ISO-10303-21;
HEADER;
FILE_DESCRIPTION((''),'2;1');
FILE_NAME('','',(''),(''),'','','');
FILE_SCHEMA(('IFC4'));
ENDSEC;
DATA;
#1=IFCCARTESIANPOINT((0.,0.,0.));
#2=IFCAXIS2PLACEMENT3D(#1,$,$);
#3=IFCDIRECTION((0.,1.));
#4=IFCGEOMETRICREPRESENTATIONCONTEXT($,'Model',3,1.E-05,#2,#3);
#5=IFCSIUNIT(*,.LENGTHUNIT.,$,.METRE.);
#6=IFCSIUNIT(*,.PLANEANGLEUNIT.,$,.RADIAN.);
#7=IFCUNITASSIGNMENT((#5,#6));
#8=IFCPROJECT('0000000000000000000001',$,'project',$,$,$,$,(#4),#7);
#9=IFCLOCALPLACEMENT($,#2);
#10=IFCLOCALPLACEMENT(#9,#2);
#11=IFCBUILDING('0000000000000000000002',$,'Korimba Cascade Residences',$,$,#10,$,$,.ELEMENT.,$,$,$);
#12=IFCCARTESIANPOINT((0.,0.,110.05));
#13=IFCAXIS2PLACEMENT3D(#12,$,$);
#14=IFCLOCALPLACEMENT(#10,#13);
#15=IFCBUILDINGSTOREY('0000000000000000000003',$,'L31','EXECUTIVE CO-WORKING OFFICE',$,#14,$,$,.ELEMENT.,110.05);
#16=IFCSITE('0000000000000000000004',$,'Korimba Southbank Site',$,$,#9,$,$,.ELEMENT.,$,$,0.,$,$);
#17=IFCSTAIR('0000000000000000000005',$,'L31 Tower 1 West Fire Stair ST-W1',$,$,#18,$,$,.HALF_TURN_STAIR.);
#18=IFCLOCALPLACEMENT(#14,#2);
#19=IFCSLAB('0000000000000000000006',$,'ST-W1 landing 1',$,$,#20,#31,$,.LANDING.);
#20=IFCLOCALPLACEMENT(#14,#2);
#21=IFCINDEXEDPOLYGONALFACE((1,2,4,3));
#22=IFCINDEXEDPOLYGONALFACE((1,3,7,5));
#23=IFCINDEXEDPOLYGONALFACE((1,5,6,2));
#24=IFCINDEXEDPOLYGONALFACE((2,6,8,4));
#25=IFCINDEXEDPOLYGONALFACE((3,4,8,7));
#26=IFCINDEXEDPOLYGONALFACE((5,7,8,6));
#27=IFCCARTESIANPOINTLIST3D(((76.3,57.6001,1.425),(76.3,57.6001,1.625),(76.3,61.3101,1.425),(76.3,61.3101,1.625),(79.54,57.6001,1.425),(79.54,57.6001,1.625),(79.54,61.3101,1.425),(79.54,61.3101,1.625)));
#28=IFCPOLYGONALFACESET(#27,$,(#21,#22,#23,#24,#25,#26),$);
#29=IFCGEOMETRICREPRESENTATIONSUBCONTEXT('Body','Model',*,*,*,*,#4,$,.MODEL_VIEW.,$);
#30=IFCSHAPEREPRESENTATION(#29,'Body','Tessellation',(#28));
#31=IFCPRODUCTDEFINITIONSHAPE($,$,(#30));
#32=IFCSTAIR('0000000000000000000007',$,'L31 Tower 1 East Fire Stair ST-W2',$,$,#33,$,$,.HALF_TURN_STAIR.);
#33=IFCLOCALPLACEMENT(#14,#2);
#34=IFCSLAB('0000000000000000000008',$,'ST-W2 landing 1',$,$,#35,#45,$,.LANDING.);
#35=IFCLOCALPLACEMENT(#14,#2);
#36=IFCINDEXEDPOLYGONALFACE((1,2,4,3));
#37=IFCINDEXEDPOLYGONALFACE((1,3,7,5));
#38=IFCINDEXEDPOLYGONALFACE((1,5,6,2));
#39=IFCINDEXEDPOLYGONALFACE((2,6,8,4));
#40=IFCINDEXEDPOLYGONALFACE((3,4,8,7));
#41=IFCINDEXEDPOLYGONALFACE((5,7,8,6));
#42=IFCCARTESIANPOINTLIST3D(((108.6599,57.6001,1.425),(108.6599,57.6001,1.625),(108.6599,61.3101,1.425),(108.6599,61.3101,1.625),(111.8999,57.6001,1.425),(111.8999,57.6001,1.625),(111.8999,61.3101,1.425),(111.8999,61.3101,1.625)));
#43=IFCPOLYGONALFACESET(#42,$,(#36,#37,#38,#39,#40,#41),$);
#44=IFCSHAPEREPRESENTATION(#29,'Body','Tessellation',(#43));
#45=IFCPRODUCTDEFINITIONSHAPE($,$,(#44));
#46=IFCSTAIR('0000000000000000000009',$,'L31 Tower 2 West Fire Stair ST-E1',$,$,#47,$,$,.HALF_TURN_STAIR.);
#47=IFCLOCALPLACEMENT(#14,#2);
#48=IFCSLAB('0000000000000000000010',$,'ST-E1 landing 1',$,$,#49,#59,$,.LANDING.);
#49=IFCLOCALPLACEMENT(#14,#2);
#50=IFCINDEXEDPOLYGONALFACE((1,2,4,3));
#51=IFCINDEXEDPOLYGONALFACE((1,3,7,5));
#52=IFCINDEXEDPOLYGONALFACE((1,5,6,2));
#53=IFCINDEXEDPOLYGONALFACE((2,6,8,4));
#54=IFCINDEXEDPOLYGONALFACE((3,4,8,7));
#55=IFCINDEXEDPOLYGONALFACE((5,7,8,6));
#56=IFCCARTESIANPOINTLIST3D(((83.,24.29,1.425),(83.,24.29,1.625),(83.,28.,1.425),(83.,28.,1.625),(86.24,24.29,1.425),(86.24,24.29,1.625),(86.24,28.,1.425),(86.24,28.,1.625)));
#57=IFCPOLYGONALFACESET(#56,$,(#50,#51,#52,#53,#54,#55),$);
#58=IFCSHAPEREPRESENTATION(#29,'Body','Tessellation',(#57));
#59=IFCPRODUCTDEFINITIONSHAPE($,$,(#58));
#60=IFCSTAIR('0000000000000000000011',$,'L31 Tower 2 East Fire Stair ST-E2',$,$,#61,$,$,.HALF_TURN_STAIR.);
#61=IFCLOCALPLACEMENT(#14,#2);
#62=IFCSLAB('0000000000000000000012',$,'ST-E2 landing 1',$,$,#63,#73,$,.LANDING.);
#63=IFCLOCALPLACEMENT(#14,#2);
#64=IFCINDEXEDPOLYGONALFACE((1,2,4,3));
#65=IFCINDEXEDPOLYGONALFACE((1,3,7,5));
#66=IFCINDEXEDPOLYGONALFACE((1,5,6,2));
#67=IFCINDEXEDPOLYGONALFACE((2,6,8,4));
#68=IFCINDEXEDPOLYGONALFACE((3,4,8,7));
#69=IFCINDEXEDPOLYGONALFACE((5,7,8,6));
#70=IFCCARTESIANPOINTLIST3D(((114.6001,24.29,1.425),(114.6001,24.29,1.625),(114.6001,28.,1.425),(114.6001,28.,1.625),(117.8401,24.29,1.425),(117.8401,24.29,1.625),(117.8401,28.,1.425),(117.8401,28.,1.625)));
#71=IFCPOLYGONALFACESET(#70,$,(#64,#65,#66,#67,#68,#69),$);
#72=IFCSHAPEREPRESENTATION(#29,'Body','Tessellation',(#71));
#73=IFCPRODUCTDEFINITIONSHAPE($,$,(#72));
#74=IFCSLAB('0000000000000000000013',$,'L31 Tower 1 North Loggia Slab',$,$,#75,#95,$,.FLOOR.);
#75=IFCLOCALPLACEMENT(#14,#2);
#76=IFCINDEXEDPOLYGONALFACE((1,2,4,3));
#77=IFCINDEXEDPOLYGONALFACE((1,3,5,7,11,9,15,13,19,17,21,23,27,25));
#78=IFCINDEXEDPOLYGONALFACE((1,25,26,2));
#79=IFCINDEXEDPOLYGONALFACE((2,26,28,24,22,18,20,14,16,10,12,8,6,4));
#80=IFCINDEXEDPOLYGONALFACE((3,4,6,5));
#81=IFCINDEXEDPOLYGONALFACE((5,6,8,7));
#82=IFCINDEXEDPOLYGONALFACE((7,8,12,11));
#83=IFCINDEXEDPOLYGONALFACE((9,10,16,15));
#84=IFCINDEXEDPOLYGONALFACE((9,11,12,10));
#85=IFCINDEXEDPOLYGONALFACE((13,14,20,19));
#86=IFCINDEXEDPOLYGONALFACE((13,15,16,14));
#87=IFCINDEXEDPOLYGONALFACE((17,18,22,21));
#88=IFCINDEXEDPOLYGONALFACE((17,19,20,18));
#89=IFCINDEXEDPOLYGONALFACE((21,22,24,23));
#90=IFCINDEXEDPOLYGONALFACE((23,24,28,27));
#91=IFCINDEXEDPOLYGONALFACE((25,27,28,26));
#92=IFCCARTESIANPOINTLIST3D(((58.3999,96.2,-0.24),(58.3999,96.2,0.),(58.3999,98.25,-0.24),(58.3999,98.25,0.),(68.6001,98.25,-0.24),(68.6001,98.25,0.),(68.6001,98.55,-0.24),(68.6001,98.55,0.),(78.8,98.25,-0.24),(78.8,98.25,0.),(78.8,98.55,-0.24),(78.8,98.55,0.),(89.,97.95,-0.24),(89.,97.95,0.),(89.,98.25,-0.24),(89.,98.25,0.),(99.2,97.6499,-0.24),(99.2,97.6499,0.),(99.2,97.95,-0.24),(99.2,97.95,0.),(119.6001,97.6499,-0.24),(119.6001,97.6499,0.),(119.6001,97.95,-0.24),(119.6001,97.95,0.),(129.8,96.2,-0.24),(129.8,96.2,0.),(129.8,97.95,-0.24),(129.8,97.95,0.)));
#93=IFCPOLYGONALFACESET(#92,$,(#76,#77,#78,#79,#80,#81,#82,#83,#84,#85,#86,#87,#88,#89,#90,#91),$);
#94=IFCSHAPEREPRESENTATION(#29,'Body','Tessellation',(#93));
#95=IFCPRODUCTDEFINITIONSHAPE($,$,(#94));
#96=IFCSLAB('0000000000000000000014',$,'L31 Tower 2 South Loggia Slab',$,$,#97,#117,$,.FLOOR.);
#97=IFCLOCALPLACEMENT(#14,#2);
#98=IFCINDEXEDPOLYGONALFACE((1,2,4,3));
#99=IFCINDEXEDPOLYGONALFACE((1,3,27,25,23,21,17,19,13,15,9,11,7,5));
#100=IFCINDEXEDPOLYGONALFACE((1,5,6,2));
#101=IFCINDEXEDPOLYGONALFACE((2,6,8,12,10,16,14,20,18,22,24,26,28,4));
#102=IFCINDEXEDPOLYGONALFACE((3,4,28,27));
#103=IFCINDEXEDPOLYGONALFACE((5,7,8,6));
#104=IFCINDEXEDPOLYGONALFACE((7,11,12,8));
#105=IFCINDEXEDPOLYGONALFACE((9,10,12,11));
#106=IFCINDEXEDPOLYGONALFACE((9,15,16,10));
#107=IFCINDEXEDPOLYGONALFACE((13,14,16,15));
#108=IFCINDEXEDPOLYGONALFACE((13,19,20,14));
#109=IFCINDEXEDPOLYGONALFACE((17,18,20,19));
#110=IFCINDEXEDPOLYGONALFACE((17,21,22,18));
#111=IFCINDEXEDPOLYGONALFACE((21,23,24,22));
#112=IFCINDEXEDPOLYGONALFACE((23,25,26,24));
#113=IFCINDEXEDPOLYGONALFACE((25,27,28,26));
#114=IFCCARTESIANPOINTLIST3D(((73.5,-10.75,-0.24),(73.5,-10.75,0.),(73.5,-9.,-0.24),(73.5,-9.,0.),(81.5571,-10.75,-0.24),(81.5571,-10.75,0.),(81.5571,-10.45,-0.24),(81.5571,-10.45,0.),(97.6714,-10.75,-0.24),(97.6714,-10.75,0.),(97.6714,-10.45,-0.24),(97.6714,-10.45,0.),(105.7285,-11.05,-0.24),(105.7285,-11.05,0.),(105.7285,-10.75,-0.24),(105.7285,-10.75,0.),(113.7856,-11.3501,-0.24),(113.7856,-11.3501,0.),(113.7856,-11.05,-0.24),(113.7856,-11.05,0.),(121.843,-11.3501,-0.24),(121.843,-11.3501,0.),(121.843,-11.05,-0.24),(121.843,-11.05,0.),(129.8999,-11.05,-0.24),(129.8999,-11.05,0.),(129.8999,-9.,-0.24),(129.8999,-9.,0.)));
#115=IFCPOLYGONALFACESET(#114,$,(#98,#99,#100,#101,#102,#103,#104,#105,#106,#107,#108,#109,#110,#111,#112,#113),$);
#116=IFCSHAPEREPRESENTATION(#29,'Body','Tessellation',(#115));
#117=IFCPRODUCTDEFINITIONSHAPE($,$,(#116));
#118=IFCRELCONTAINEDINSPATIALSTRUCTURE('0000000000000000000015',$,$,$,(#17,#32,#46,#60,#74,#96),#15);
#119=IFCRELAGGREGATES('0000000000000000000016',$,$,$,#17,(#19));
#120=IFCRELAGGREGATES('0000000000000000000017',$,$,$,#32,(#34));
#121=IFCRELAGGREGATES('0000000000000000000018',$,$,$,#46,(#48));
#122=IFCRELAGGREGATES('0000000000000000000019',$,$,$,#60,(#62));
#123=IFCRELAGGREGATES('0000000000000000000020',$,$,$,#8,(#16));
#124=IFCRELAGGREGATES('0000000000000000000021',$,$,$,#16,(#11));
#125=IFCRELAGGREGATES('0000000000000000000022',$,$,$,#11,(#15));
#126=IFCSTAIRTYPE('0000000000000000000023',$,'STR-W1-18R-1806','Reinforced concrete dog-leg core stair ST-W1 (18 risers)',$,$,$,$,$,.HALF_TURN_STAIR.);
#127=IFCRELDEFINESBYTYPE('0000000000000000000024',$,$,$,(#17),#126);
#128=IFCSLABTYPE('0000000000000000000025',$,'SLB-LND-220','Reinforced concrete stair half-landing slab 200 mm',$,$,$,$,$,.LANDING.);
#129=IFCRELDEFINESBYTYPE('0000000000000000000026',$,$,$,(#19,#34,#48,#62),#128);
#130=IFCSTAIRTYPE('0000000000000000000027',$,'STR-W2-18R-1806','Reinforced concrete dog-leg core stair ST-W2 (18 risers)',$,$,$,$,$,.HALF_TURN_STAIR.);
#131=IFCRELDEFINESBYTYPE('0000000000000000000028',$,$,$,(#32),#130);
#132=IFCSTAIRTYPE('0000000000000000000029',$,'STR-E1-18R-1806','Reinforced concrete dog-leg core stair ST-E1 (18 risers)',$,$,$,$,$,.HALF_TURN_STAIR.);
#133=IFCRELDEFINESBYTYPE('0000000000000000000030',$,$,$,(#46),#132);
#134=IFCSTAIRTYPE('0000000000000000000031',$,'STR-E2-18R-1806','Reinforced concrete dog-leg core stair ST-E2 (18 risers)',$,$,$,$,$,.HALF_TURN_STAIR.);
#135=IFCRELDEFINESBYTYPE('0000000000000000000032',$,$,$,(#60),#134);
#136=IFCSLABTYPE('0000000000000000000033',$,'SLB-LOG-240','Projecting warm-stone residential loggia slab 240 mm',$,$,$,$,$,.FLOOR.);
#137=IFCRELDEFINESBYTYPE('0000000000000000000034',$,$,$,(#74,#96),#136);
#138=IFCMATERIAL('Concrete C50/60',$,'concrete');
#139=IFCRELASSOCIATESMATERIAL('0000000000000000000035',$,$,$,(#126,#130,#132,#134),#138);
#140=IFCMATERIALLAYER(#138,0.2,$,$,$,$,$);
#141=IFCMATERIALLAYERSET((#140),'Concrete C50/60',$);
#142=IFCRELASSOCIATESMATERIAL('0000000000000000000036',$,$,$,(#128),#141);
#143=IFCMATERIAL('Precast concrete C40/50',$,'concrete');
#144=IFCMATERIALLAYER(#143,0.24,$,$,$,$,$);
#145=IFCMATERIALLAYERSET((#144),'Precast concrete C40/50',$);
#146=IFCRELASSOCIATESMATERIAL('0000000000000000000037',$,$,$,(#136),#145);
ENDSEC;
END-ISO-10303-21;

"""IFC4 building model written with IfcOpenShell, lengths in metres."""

from ifc_helpers import new_model, si_unit, direction, frame, origin, place, context, subcontext, project, spatial, polyline, outline, extrude, material, layer, layer_set, type_object, element, aggregate, save


model = new_model("IFC4")

# Units and contexts
model_context = context("Model", 3, precision=1e-05, world=origin(), true_north=direction((0.0, 1.0)))
body_context = subcontext(model_context, "Body", "Model", "MODEL_VIEW")
ifc_project = project(units=[si_unit("LENGTHUNIT", "METRE"), si_unit("PLANEANGLEUNIT", "RADIAN")], contexts=[model_context])

# Site, building, storey
site_placement = place(None, origin())
site = spatial("IfcSite", under=ifc_project, at=site_placement, Name="Korimba Southbank Site", CompositionType="ELEMENT", RefElevation=0.0)
building_placement = place(site_placement, origin())
building = spatial("IfcBuilding", under=site, at=building_placement, Name="Korimba Cascade Residences", CompositionType="ELEMENT")
storey_placement = place(building_placement, frame((0.0, 0.0, 110.05)))
storey = spatial("IfcBuildingStorey", under=building, at=storey_placement, Name="L31", Description="EXECUTIVE CO-WORKING OFFICE", CompositionType="ELEMENT", Elevation=110.05)

# Stairs, slabs
ifc_material_1 = material(Name="Concrete C50/60", Category="concrete")
stair_type_1 = type_object("IfcStairType", Name="STR-W1-18R-1806", Description="Reinforced concrete dog-leg core stair ST-W1 (18 risers)", PredefinedType="HALF_TURN_STAIR", material=ifc_material_1)
stair_1_placement = place(storey_placement, origin())
stair_1 = element("IfcStair", 1, at=stair_1_placement, inside=storey, type_object=stair_type_1, Name="L31 Tower 1 West Fire Stair ST-W1", PredefinedType="HALF_TURN_STAIR")
ifc_layer_1 = layer(ifc_material_1, 0.2)
ifc_layer_set_1 = layer_set([ifc_layer_1], Name="Concrete C50/60")
slab_type_1 = type_object("IfcSlabType", Name="SLB-LND-220", Description="Reinforced concrete stair half-landing slab 200 mm", PredefinedType="LANDING", material=ifc_layer_set_1)
slab_1_placement = place(storey_placement, frame((0.0, 0.0, 1.425)))
slab_1 = element("IfcSlab", 2, at=slab_1_placement, type_object=slab_type_1, Name="ST-W1 landing 1", PredefinedType="LANDING", context=body_context, shape_type="SweptSolid", body=[
    extrude(outline(polyline([(76.3, 61.3101), (76.3, 57.6001), (79.54, 57.6001), (79.54, 61.3101), (76.3, 61.3101)])), origin(), (0.0, 0.0, 1.0), 0.2),
])
aggregate(stair_1, [slab_1])
stair_type_2 = type_object("IfcStairType", Name="STR-W2-18R-1806", Description="Reinforced concrete dog-leg core stair ST-W2 (18 risers)", PredefinedType="HALF_TURN_STAIR", material=ifc_material_1)
stair_2_placement = place(storey_placement, origin())
stair_2 = element("IfcStair", 3, at=stair_2_placement, inside=storey, type_object=stair_type_2, Name="L31 Tower 1 East Fire Stair ST-W2", PredefinedType="HALF_TURN_STAIR")
slab_2_placement = place(storey_placement, frame((0.0, 0.0, 1.425)))
slab_2 = element("IfcSlab", 4, at=slab_2_placement, type_object=slab_type_1, Name="ST-W2 landing 1", PredefinedType="LANDING", context=body_context, shape_type="SweptSolid", body=[
    extrude(outline(polyline([(108.6599, 61.3101), (108.6599, 57.6001), (111.8999, 57.6001), (111.8999, 61.3101), (108.6599, 61.3101)])), origin(), (0.0, 0.0, 1.0), 0.2),
])
aggregate(stair_2, [slab_2])
stair_type_3 = type_object("IfcStairType", Name="STR-E1-18R-1806", Description="Reinforced concrete dog-leg core stair ST-E1 (18 risers)", PredefinedType="HALF_TURN_STAIR", material=ifc_material_1)
stair_3_placement = place(storey_placement, origin())
stair_3 = element("IfcStair", 5, at=stair_3_placement, inside=storey, type_object=stair_type_3, Name="L31 Tower 2 West Fire Stair ST-E1", PredefinedType="HALF_TURN_STAIR")
slab_3_placement = place(storey_placement, frame((0.0, 0.0, 1.425)))
slab_3 = element("IfcSlab", 6, at=slab_3_placement, type_object=slab_type_1, Name="ST-E1 landing 1", PredefinedType="LANDING", context=body_context, shape_type="SweptSolid", body=[
    extrude(outline(polyline([(86.24, 24.29), (86.24, 28.0), (83.0, 28.0), (83.0, 24.29), (86.24, 24.29)])), origin(), (0.0, 0.0, 1.0), 0.2),
])
aggregate(stair_3, [slab_3])
stair_type_4 = type_object("IfcStairType", Name="STR-E2-18R-1806", Description="Reinforced concrete dog-leg core stair ST-E2 (18 risers)", PredefinedType="HALF_TURN_STAIR", material=ifc_material_1)
stair_4_placement = place(storey_placement, origin())
stair_4 = element("IfcStair", 7, at=stair_4_placement, inside=storey, type_object=stair_type_4, Name="L31 Tower 2 East Fire Stair ST-E2", PredefinedType="HALF_TURN_STAIR")
slab_4_placement = place(storey_placement, frame((0.0, 0.0, 1.425)))
slab_4 = element("IfcSlab", 8, at=slab_4_placement, type_object=slab_type_1, Name="ST-E2 landing 1", PredefinedType="LANDING", context=body_context, shape_type="SweptSolid", body=[
    extrude(outline(polyline([(117.8401, 24.29), (117.8401, 28.0), (114.6001, 28.0), (114.6001, 24.29), (117.8401, 24.29)])), origin(), (0.0, 0.0, 1.0), 0.2),
])
aggregate(stair_4, [slab_4])

# Slabs
ifc_material_2 = material(Name="Precast concrete C40/50", Category="concrete")
ifc_layer_2 = layer(ifc_material_2, 0.24)
ifc_layer_set_2 = layer_set([ifc_layer_2], Name="Precast concrete C40/50")
slab_type_2 = type_object("IfcSlabType", Name="SLB-LOG-240", Description="Projecting warm-stone residential loggia slab 240 mm", PredefinedType="FLOOR", material=ifc_layer_set_2)
slab_5_placement = place(storey_placement, frame((0.0, 0.0, -0.24)))
element("IfcSlab", 9, at=slab_5_placement, inside=storey, type_object=slab_type_2, Name="L31 Tower 1 North Loggia Slab", PredefinedType="FLOOR", context=body_context, shape_type="SweptSolid", body=[
    extrude(outline(polyline([(58.3999, 96.2), (129.8, 96.2), (129.8, 97.95), (119.6001, 97.95), (119.6001, 97.6499), (99.2, 97.6499), (99.2, 97.95), (89.0, 97.95), (89.0, 98.25), (78.8, 98.25), (78.8, 98.55), (68.6001, 98.55), (68.6001, 98.25), (58.3999, 98.25), (58.3999, 96.2)])), origin(), (0.0, 0.0, 1.0), 0.24),
])
slab_6_placement = place(storey_placement, frame((0.0, 0.0, -0.24)))
element("IfcSlab", 10, at=slab_6_placement, inside=storey, type_object=slab_type_2, Name="L31 Tower 2 South Loggia Slab", PredefinedType="FLOOR", context=body_context, shape_type="SweptSolid", body=[
    extrude(outline(polyline([(73.5, -10.75), (81.5571, -10.75), (81.5571, -10.45), (97.6714, -10.45), (97.6714, -10.75), (105.7285, -10.75), (105.7285, -11.05), (113.7856, -11.05), (113.7856, -11.3501), (121.843, -11.3501), (121.843, -11.05), (129.8999, -11.05), (129.8999, -9.0), (73.5, -9.0), (73.5, -10.75)])), origin(), (0.0, 0.0, 1.0), 0.24),
])

save(model, "model.ifc")
